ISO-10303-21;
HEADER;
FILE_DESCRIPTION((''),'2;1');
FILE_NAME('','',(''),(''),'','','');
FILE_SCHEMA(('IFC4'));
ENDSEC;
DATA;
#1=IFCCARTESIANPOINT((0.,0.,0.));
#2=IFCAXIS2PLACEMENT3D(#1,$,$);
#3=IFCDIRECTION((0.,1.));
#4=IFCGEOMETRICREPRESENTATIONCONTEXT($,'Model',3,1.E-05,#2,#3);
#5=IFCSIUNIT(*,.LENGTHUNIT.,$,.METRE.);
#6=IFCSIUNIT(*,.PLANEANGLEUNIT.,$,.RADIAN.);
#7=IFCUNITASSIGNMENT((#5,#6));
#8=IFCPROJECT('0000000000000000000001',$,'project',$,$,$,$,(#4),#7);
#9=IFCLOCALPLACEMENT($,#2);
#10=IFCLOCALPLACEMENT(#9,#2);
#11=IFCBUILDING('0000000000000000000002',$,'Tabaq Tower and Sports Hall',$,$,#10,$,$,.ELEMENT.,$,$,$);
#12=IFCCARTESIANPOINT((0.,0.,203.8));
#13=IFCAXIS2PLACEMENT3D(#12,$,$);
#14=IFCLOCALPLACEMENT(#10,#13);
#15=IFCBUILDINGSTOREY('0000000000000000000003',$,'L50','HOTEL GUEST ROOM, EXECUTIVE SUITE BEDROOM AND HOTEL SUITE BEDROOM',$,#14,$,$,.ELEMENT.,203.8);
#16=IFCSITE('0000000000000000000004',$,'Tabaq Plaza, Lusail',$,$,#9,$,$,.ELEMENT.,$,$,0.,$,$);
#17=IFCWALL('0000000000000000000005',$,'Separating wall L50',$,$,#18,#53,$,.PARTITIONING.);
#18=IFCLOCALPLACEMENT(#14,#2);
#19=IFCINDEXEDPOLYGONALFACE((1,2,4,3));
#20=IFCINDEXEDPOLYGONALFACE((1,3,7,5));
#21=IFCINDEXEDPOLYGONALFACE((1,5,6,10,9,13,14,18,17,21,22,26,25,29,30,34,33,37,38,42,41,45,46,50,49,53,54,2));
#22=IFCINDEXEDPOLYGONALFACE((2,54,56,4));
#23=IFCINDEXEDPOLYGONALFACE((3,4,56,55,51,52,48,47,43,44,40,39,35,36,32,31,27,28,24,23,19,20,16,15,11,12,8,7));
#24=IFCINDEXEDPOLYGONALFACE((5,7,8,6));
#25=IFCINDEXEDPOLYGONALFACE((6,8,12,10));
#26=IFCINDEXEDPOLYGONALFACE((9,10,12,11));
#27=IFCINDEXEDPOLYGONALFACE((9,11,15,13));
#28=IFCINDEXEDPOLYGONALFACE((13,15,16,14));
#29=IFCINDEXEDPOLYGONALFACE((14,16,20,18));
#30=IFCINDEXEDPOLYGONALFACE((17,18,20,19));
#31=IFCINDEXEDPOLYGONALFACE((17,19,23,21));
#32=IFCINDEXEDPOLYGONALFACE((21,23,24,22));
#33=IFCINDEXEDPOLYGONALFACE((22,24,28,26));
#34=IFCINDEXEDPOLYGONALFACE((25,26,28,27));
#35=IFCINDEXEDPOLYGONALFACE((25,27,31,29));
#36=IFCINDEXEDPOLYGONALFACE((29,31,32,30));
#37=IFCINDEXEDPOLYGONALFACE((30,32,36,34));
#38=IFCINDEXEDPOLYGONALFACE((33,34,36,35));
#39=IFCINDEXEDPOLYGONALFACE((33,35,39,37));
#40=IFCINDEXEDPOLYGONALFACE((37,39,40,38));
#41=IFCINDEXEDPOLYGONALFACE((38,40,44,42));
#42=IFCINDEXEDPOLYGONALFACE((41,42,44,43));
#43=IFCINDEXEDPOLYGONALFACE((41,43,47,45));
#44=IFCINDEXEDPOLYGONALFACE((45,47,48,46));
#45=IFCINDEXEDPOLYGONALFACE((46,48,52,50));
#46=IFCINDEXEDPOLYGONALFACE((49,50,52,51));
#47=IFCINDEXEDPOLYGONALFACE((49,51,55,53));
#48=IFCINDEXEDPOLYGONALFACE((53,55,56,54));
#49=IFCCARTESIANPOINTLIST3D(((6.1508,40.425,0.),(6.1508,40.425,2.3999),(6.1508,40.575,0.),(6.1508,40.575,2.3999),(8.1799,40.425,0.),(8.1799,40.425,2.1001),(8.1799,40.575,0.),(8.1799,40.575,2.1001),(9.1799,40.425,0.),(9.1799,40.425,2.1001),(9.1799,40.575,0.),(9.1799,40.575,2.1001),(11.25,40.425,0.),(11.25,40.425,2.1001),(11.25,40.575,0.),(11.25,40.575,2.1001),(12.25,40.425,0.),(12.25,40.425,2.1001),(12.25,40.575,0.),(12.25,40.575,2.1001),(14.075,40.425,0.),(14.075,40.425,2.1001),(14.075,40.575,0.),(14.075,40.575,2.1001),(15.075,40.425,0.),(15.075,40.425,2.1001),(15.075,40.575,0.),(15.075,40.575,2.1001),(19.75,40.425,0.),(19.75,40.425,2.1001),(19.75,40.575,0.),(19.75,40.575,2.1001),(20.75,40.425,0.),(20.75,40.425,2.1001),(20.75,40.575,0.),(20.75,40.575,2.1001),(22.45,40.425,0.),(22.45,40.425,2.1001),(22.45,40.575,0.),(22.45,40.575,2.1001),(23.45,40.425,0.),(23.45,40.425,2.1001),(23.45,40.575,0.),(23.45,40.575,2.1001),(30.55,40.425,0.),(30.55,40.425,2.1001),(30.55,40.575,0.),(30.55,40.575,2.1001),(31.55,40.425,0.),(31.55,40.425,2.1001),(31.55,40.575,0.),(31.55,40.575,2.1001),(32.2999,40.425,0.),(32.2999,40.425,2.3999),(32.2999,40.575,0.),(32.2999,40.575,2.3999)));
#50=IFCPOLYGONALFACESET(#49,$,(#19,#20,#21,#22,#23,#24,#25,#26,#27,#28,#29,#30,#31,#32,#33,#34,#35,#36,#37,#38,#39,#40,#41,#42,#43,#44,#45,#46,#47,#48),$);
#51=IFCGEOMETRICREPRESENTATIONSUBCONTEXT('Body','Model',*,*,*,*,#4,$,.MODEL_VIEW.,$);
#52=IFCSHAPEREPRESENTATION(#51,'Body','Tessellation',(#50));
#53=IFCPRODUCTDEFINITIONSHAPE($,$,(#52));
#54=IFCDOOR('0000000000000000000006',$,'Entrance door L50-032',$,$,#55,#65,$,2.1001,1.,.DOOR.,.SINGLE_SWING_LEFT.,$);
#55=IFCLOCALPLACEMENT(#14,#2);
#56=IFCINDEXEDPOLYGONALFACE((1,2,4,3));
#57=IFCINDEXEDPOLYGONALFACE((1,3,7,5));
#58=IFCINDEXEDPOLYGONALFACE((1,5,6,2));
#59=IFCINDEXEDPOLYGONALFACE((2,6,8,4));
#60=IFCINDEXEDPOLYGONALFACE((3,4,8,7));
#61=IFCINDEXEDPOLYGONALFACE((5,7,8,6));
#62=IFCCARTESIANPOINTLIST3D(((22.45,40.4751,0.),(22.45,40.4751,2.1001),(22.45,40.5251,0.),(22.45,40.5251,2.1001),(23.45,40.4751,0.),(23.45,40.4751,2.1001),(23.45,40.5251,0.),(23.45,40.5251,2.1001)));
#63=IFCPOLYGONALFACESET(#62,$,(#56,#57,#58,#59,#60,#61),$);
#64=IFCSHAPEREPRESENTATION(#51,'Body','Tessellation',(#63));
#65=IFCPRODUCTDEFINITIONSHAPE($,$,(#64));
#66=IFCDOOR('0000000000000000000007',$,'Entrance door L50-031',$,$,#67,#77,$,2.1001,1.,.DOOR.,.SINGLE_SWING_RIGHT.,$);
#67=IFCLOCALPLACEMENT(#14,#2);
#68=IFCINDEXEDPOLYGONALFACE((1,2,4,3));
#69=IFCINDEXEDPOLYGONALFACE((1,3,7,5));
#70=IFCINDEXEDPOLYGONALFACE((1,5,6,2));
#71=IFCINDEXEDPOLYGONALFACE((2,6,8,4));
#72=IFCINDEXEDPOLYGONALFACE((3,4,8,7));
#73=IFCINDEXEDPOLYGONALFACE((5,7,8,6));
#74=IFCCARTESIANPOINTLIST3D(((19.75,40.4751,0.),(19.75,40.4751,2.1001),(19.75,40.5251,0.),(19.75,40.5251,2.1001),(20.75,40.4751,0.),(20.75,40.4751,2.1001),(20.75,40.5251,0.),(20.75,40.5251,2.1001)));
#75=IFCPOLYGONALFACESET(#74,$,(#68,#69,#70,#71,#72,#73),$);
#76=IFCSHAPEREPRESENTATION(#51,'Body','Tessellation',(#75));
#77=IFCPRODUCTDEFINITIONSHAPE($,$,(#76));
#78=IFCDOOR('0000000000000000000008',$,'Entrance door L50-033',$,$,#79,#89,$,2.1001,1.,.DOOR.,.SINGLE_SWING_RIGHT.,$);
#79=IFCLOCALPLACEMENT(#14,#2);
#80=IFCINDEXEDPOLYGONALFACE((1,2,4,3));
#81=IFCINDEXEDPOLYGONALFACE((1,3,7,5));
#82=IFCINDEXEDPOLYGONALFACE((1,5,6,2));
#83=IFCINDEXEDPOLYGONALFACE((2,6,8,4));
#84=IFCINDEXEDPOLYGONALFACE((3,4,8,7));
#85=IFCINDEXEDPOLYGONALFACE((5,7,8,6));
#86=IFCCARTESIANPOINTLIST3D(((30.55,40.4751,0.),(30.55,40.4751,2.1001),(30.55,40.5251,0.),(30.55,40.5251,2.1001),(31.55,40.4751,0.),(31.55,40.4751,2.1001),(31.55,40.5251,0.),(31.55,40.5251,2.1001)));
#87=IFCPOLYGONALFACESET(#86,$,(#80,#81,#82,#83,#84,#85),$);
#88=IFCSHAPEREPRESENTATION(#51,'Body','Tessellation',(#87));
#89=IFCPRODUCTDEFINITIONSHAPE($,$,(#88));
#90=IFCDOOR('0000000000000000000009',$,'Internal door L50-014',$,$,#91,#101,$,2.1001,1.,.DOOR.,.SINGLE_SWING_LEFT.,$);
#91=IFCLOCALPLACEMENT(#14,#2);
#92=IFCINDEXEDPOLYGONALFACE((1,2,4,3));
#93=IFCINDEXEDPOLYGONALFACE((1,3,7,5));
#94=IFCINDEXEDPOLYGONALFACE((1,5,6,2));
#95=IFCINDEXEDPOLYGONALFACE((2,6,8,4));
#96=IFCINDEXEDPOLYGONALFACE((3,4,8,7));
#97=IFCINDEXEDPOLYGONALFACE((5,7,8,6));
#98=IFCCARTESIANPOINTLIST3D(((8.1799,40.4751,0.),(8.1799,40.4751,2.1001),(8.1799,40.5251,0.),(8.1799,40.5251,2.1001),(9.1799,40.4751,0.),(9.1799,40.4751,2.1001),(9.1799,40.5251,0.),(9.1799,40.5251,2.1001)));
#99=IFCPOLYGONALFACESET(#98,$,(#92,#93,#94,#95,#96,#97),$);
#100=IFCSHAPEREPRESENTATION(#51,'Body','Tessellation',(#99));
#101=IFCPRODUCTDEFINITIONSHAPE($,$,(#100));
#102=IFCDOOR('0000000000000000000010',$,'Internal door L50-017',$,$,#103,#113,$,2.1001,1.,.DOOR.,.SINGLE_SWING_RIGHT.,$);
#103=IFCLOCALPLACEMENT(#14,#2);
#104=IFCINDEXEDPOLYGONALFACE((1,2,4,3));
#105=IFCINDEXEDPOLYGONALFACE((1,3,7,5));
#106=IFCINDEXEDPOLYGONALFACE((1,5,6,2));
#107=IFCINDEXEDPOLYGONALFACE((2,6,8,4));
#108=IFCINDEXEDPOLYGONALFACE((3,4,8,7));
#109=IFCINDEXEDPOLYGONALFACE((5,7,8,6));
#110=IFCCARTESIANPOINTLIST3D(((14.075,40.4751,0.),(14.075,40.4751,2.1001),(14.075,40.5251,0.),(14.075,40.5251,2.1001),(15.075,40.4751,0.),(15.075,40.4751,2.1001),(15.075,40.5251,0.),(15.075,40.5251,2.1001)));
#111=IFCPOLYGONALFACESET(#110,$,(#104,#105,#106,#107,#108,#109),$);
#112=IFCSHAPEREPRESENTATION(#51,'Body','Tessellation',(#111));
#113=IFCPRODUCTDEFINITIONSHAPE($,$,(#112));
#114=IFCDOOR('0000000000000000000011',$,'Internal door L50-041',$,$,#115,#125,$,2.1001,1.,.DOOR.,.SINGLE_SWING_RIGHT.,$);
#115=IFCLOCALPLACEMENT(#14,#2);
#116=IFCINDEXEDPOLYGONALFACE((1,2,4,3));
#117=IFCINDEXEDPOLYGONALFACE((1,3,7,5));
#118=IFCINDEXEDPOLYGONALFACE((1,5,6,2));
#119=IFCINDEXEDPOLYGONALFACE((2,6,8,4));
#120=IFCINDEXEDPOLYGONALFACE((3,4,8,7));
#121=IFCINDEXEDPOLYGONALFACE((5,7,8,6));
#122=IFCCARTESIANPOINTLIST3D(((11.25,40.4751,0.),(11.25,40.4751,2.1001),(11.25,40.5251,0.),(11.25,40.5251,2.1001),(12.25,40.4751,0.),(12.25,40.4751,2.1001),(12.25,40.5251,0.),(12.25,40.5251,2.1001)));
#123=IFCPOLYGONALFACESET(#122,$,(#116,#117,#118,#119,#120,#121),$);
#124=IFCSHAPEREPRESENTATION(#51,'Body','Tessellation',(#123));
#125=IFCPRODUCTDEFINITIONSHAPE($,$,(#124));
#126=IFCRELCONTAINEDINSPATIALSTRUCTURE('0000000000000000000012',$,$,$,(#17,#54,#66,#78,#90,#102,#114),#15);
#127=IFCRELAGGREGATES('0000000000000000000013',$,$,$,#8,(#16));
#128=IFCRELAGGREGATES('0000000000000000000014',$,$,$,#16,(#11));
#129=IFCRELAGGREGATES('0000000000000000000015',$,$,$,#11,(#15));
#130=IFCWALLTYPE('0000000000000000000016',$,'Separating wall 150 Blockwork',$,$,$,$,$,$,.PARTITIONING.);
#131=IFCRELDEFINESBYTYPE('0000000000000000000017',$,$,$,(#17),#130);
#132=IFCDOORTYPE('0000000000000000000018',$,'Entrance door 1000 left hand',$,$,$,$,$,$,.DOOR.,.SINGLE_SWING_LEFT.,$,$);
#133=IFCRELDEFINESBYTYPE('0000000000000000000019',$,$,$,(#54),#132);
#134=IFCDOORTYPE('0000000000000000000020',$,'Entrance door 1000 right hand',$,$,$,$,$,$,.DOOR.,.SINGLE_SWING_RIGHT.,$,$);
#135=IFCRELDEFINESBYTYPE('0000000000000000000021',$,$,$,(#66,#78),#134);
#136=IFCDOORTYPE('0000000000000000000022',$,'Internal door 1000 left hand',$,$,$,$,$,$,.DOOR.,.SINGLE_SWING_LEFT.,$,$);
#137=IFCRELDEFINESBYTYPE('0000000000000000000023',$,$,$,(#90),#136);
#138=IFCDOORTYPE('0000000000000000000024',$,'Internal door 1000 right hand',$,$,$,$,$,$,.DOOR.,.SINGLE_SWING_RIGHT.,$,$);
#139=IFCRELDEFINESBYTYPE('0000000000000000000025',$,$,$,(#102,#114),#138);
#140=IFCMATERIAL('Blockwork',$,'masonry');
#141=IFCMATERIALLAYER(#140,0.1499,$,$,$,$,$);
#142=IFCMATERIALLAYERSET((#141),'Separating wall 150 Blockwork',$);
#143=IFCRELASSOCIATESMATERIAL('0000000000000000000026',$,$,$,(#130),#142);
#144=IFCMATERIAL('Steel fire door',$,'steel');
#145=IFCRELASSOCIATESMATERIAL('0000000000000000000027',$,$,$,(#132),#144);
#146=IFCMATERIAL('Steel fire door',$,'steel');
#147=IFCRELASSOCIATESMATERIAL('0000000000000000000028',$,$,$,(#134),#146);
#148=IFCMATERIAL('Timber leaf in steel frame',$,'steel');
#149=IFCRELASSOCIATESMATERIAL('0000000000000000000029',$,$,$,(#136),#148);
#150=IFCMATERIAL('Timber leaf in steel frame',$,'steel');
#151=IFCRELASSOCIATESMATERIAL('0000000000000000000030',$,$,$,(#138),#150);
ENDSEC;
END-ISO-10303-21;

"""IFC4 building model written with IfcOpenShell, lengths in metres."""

from ifc_helpers import new_model, si_unit, direction, frame, frame_2d, origin, place, context, subcontext, project, spatial, rectangle, extrude, material, layer, layer_set, type_object, element, fill, save


model = new_model("IFC4")

# Units and contexts
model_context = context("Model", 3, precision=1e-05, world=origin(), true_north=direction((0.0, 1.0)))
body_context = subcontext(model_context, "Body", "Model", "MODEL_VIEW")
ifc_project = project(units=[si_unit("LENGTHUNIT", "METRE"), si_unit("PLANEANGLEUNIT", "RADIAN")], contexts=[model_context])

# Site, building, storey
site_placement = place(None, origin())
site = spatial("IfcSite", under=ifc_project, at=site_placement, Name="Tabaq Plaza, Lusail", CompositionType="ELEMENT", RefElevation=0.0)
building_placement = place(site_placement, origin())
building = spatial("IfcBuilding", under=site, at=building_placement, Name="Tabaq Tower and Sports Hall", CompositionType="ELEMENT")
storey_placement = place(building_placement, frame((0.0, 0.0, 203.8)))
storey = spatial("IfcBuildingStorey", under=building, at=storey_placement, Name="L50", Description="HOTEL GUEST ROOM, EXECUTIVE SUITE BEDROOM AND HOTEL SUITE BEDROOM", CompositionType="ELEMENT", Elevation=203.8)

# Shared definitions
ifc_material_1 = material(Name="Blockwork", Category="masonry")
ifc_layer_1 = layer(ifc_material_1, 0.1499)
ifc_layer_set_1 = layer_set([ifc_layer_1], Name="Separating wall 150 Blockwork")
wall_type_1 = type_object("IfcWallType", Name="Separating wall 150 Blockwork", PredefinedType="PARTITIONING", material=ifc_layer_set_1)

# Wall, openings, doors
wall_1_placement = place(storey_placement, frame((32.3, 40.5, 0.0), z_axis=(0.0, 0.0, 1.0), x_axis=(-1.0, 0.0, 0.0)))
wall_1 = element("IfcWall", 1, at=wall_1_placement, inside=storey, type_object=wall_type_1, Name="Separating wall L50", PredefinedType="PARTITIONING", context=body_context, shape_type="SweptSolid", body=[
    extrude(rectangle(XDim=26.1492, YDim=0.1499, at=frame_2d((13.0747, 0.0))), origin(), (0.0, 0.0, 1.0), 2.3999),
])
opening_1_placement = place(wall_1_placement, frame((23.1201, 0.0, 0.0)))
opening_1 = element("IfcOpeningElement", 2, at=opening_1_placement, cuts=wall_1, PredefinedType="OPENING", context=body_context, shape_type="SweptSolid", body=[
    extrude(rectangle(XDim=1.0, YDim=2.1001, at=frame_2d((0.5, 1.05))), frame((0.0, 0.075, 0.0), z_axis=(0.0, -1.0, 0.0), x_axis=(1.0, 0.0, 0.0)), (0.0, 0.0, 1.0), 0.1499),
])
opening_2_placement = place(wall_1_placement, frame((17.2251, 0.0, 0.0)))
opening_2 = element("IfcOpeningElement", 3, at=opening_2_placement, cuts=wall_1, PredefinedType="OPENING", context=body_context, shape_type="SweptSolid", body=[
    extrude(rectangle(XDim=1.0, YDim=2.1001, at=frame_2d((0.5, 1.05))), frame((0.0, 0.075, 0.0), z_axis=(0.0, -1.0, 0.0), x_axis=(1.0, 0.0, 0.0)), (0.0, 0.0, 1.0), 0.1499),
])
opening_3_placement = place(wall_1_placement, frame((11.55, 0.0, 0.0)))
opening_3 = element("IfcOpeningElement", 4, at=opening_3_placement, cuts=wall_1, PredefinedType="OPENING", context=body_context, shape_type="SweptSolid", body=[
    extrude(rectangle(XDim=1.0, YDim=2.1001, at=frame_2d((0.5, 1.05))), frame((0.0, 0.075, 0.0), z_axis=(0.0, -1.0, 0.0), x_axis=(1.0, 0.0, 0.0)), (0.0, 0.0, 1.0), 0.1499),
])
opening_4_placement = place(wall_1_placement, frame((8.8501, 0.0, 0.0)))
opening_4 = element("IfcOpeningElement", 5, at=opening_4_placement, cuts=wall_1, PredefinedType="OPENING", context=body_context, shape_type="SweptSolid", body=[
    extrude(rectangle(XDim=1.0, YDim=2.1001, at=frame_2d((0.5, 1.05))), frame((0.0, 0.075, 0.0), z_axis=(0.0, -1.0, 0.0), x_axis=(1.0, 0.0, 0.0)), (0.0, 0.0, 1.0), 0.1499),
])
opening_5_placement = place(wall_1_placement, frame((0.75, 0.0, 0.0)))
opening_5 = element("IfcOpeningElement", 6, at=opening_5_placement, cuts=wall_1, PredefinedType="OPENING", context=body_context, shape_type="SweptSolid", body=[
    extrude(rectangle(XDim=1.0, YDim=2.1001, at=frame_2d((0.5, 1.05))), frame((0.0, 0.075, 0.0), z_axis=(0.0, -1.0, 0.0), x_axis=(1.0, 0.0, 0.0)), (0.0, 0.0, 1.0), 0.1499),
])
opening_6_placement = place(wall_1_placement, frame((20.05, 0.0, 0.0)))
opening_6 = element("IfcOpeningElement", 7, at=opening_6_placement, cuts=wall_1, PredefinedType="OPENING", context=body_context, shape_type="SweptSolid", body=[
    extrude(rectangle(XDim=1.0, YDim=2.1001, at=frame_2d((0.5, 1.05))), frame((0.0, 0.075, 0.0), z_axis=(0.0, -1.0, 0.0), x_axis=(1.0, 0.0, 0.0)), (0.0, 0.0, 1.0), 0.1499),
])
ifc_material_2 = material(Name="Steel fire door", Category="steel")
door_type_1 = type_object("IfcDoorType", Name="Entrance door 1000 left hand", OperationType="SINGLE_SWING_LEFT", PredefinedType="DOOR", material=ifc_material_2)
door_1_placement = place(opening_4_placement, origin())
door_1 = element("IfcDoor", 8, at=door_1_placement, inside=storey, type_object=door_type_1, Name="Entrance door L50-032", OperationType="SINGLE_SWING_LEFT", OverallHeight=2.1001, OverallWidth=1.0, PredefinedType="DOOR", context=body_context, shape_type="SweptSolid", body=[
    extrude(rectangle(XDim=1.0, YDim=2.1001, at=frame_2d((0.5, 1.05))), frame((0.0, 0.0249, 0.0), z_axis=(0.0, -1.0, 0.0), x_axis=(1.0, 0.0, 0.0)), (0.0, 0.0, 1.0), 0.05),
])
fill(opening_4, door_1)
ifc_material_3 = material(Name="Steel fire door", Category="steel")
door_type_2 = type_object("IfcDoorType", Name="Entrance door 1000 right hand", OperationType="SINGLE_SWING_RIGHT", PredefinedType="DOOR", material=ifc_material_3)
door_2_placement = place(opening_3_placement, origin())
door_2 = element("IfcDoor", 9, at=door_2_placement, inside=storey, type_object=door_type_2, Name="Entrance door L50-031", OperationType="SINGLE_SWING_RIGHT", OverallHeight=2.1001, OverallWidth=1.0, PredefinedType="DOOR", context=body_context, shape_type="SweptSolid", body=[
    extrude(rectangle(XDim=1.0, YDim=2.1001, at=frame_2d((0.5, 1.05))), frame((0.0, 0.0249, 0.0), z_axis=(0.0, -1.0, 0.0), x_axis=(1.0, 0.0, 0.0)), (0.0, 0.0, 1.0), 0.05),
])
fill(opening_3, door_2)
door_3_placement = place(opening_5_placement, origin())
door_3 = element("IfcDoor", 10, at=door_3_placement, inside=storey, type_object=door_type_2, Name="Entrance door L50-033", OperationType="SINGLE_SWING_RIGHT", OverallHeight=2.1001, OverallWidth=1.0, PredefinedType="DOOR", context=body_context, shape_type="SweptSolid", body=[
    extrude(rectangle(XDim=1.0, YDim=2.1001, at=frame_2d((0.5, 1.05))), frame((0.0, 0.0249, 0.0), z_axis=(0.0, -1.0, 0.0), x_axis=(1.0, 0.0, 0.0)), (0.0, 0.0, 1.0), 0.05),
])
fill(opening_5, door_3)
ifc_material_4 = material(Name="Timber leaf in steel frame", Category="steel")
door_type_3 = type_object("IfcDoorType", Name="Internal door 1000 left hand", OperationType="SINGLE_SWING_LEFT", PredefinedType="DOOR", material=ifc_material_4)
door_4_placement = place(opening_1_placement, origin())
door_4 = element("IfcDoor", 11, at=door_4_placement, inside=storey, type_object=door_type_3, Name="Internal door L50-014", OperationType="SINGLE_SWING_LEFT", OverallHeight=2.1001, OverallWidth=1.0, PredefinedType="DOOR", context=body_context, shape_type="SweptSolid", body=[
    extrude(rectangle(XDim=1.0, YDim=2.1001, at=frame_2d((0.5, 1.05))), frame((0.0, 0.0249, 0.0), z_axis=(0.0, -1.0, 0.0), x_axis=(1.0, 0.0, 0.0)), (0.0, 0.0, 1.0), 0.05),
])
fill(opening_1, door_4)
ifc_material_5 = material(Name="Timber leaf in steel frame", Category="steel")
door_type_4 = type_object("IfcDoorType", Name="Internal door 1000 right hand", OperationType="SINGLE_SWING_RIGHT", PredefinedType="DOOR", material=ifc_material_5)
door_5_placement = place(opening_2_placement, origin())
door_5 = element("IfcDoor", 12, at=door_5_placement, inside=storey, type_object=door_type_4, Name="Internal door L50-017", OperationType="SINGLE_SWING_RIGHT", OverallHeight=2.1001, OverallWidth=1.0, PredefinedType="DOOR", context=body_context, shape_type="SweptSolid", body=[
    extrude(rectangle(XDim=1.0, YDim=2.1001, at=frame_2d((0.5, 1.05))), frame((0.0, 0.0249, 0.0), z_axis=(0.0, -1.0, 0.0), x_axis=(1.0, 0.0, 0.0)), (0.0, 0.0, 1.0), 0.05),
])
fill(opening_2, door_5)
door_6_placement = place(opening_6_placement, origin())
door_6 = element("IfcDoor", 13, at=door_6_placement, inside=storey, type_object=door_type_4, Name="Internal door L50-041", OperationType="SINGLE_SWING_RIGHT", OverallHeight=2.1001, OverallWidth=1.0, PredefinedType="DOOR", context=body_context, shape_type="SweptSolid", body=[
    extrude(rectangle(XDim=1.0, YDim=2.1001, at=frame_2d((0.5, 1.05))), frame((0.0, 0.0249, 0.0), z_axis=(0.0, -1.0, 0.0), x_axis=(1.0, 0.0, 0.0)), (0.0, 0.0, 1.0), 0.05),
])
fill(opening_6, door_6)

save(model, "model.ifc")
